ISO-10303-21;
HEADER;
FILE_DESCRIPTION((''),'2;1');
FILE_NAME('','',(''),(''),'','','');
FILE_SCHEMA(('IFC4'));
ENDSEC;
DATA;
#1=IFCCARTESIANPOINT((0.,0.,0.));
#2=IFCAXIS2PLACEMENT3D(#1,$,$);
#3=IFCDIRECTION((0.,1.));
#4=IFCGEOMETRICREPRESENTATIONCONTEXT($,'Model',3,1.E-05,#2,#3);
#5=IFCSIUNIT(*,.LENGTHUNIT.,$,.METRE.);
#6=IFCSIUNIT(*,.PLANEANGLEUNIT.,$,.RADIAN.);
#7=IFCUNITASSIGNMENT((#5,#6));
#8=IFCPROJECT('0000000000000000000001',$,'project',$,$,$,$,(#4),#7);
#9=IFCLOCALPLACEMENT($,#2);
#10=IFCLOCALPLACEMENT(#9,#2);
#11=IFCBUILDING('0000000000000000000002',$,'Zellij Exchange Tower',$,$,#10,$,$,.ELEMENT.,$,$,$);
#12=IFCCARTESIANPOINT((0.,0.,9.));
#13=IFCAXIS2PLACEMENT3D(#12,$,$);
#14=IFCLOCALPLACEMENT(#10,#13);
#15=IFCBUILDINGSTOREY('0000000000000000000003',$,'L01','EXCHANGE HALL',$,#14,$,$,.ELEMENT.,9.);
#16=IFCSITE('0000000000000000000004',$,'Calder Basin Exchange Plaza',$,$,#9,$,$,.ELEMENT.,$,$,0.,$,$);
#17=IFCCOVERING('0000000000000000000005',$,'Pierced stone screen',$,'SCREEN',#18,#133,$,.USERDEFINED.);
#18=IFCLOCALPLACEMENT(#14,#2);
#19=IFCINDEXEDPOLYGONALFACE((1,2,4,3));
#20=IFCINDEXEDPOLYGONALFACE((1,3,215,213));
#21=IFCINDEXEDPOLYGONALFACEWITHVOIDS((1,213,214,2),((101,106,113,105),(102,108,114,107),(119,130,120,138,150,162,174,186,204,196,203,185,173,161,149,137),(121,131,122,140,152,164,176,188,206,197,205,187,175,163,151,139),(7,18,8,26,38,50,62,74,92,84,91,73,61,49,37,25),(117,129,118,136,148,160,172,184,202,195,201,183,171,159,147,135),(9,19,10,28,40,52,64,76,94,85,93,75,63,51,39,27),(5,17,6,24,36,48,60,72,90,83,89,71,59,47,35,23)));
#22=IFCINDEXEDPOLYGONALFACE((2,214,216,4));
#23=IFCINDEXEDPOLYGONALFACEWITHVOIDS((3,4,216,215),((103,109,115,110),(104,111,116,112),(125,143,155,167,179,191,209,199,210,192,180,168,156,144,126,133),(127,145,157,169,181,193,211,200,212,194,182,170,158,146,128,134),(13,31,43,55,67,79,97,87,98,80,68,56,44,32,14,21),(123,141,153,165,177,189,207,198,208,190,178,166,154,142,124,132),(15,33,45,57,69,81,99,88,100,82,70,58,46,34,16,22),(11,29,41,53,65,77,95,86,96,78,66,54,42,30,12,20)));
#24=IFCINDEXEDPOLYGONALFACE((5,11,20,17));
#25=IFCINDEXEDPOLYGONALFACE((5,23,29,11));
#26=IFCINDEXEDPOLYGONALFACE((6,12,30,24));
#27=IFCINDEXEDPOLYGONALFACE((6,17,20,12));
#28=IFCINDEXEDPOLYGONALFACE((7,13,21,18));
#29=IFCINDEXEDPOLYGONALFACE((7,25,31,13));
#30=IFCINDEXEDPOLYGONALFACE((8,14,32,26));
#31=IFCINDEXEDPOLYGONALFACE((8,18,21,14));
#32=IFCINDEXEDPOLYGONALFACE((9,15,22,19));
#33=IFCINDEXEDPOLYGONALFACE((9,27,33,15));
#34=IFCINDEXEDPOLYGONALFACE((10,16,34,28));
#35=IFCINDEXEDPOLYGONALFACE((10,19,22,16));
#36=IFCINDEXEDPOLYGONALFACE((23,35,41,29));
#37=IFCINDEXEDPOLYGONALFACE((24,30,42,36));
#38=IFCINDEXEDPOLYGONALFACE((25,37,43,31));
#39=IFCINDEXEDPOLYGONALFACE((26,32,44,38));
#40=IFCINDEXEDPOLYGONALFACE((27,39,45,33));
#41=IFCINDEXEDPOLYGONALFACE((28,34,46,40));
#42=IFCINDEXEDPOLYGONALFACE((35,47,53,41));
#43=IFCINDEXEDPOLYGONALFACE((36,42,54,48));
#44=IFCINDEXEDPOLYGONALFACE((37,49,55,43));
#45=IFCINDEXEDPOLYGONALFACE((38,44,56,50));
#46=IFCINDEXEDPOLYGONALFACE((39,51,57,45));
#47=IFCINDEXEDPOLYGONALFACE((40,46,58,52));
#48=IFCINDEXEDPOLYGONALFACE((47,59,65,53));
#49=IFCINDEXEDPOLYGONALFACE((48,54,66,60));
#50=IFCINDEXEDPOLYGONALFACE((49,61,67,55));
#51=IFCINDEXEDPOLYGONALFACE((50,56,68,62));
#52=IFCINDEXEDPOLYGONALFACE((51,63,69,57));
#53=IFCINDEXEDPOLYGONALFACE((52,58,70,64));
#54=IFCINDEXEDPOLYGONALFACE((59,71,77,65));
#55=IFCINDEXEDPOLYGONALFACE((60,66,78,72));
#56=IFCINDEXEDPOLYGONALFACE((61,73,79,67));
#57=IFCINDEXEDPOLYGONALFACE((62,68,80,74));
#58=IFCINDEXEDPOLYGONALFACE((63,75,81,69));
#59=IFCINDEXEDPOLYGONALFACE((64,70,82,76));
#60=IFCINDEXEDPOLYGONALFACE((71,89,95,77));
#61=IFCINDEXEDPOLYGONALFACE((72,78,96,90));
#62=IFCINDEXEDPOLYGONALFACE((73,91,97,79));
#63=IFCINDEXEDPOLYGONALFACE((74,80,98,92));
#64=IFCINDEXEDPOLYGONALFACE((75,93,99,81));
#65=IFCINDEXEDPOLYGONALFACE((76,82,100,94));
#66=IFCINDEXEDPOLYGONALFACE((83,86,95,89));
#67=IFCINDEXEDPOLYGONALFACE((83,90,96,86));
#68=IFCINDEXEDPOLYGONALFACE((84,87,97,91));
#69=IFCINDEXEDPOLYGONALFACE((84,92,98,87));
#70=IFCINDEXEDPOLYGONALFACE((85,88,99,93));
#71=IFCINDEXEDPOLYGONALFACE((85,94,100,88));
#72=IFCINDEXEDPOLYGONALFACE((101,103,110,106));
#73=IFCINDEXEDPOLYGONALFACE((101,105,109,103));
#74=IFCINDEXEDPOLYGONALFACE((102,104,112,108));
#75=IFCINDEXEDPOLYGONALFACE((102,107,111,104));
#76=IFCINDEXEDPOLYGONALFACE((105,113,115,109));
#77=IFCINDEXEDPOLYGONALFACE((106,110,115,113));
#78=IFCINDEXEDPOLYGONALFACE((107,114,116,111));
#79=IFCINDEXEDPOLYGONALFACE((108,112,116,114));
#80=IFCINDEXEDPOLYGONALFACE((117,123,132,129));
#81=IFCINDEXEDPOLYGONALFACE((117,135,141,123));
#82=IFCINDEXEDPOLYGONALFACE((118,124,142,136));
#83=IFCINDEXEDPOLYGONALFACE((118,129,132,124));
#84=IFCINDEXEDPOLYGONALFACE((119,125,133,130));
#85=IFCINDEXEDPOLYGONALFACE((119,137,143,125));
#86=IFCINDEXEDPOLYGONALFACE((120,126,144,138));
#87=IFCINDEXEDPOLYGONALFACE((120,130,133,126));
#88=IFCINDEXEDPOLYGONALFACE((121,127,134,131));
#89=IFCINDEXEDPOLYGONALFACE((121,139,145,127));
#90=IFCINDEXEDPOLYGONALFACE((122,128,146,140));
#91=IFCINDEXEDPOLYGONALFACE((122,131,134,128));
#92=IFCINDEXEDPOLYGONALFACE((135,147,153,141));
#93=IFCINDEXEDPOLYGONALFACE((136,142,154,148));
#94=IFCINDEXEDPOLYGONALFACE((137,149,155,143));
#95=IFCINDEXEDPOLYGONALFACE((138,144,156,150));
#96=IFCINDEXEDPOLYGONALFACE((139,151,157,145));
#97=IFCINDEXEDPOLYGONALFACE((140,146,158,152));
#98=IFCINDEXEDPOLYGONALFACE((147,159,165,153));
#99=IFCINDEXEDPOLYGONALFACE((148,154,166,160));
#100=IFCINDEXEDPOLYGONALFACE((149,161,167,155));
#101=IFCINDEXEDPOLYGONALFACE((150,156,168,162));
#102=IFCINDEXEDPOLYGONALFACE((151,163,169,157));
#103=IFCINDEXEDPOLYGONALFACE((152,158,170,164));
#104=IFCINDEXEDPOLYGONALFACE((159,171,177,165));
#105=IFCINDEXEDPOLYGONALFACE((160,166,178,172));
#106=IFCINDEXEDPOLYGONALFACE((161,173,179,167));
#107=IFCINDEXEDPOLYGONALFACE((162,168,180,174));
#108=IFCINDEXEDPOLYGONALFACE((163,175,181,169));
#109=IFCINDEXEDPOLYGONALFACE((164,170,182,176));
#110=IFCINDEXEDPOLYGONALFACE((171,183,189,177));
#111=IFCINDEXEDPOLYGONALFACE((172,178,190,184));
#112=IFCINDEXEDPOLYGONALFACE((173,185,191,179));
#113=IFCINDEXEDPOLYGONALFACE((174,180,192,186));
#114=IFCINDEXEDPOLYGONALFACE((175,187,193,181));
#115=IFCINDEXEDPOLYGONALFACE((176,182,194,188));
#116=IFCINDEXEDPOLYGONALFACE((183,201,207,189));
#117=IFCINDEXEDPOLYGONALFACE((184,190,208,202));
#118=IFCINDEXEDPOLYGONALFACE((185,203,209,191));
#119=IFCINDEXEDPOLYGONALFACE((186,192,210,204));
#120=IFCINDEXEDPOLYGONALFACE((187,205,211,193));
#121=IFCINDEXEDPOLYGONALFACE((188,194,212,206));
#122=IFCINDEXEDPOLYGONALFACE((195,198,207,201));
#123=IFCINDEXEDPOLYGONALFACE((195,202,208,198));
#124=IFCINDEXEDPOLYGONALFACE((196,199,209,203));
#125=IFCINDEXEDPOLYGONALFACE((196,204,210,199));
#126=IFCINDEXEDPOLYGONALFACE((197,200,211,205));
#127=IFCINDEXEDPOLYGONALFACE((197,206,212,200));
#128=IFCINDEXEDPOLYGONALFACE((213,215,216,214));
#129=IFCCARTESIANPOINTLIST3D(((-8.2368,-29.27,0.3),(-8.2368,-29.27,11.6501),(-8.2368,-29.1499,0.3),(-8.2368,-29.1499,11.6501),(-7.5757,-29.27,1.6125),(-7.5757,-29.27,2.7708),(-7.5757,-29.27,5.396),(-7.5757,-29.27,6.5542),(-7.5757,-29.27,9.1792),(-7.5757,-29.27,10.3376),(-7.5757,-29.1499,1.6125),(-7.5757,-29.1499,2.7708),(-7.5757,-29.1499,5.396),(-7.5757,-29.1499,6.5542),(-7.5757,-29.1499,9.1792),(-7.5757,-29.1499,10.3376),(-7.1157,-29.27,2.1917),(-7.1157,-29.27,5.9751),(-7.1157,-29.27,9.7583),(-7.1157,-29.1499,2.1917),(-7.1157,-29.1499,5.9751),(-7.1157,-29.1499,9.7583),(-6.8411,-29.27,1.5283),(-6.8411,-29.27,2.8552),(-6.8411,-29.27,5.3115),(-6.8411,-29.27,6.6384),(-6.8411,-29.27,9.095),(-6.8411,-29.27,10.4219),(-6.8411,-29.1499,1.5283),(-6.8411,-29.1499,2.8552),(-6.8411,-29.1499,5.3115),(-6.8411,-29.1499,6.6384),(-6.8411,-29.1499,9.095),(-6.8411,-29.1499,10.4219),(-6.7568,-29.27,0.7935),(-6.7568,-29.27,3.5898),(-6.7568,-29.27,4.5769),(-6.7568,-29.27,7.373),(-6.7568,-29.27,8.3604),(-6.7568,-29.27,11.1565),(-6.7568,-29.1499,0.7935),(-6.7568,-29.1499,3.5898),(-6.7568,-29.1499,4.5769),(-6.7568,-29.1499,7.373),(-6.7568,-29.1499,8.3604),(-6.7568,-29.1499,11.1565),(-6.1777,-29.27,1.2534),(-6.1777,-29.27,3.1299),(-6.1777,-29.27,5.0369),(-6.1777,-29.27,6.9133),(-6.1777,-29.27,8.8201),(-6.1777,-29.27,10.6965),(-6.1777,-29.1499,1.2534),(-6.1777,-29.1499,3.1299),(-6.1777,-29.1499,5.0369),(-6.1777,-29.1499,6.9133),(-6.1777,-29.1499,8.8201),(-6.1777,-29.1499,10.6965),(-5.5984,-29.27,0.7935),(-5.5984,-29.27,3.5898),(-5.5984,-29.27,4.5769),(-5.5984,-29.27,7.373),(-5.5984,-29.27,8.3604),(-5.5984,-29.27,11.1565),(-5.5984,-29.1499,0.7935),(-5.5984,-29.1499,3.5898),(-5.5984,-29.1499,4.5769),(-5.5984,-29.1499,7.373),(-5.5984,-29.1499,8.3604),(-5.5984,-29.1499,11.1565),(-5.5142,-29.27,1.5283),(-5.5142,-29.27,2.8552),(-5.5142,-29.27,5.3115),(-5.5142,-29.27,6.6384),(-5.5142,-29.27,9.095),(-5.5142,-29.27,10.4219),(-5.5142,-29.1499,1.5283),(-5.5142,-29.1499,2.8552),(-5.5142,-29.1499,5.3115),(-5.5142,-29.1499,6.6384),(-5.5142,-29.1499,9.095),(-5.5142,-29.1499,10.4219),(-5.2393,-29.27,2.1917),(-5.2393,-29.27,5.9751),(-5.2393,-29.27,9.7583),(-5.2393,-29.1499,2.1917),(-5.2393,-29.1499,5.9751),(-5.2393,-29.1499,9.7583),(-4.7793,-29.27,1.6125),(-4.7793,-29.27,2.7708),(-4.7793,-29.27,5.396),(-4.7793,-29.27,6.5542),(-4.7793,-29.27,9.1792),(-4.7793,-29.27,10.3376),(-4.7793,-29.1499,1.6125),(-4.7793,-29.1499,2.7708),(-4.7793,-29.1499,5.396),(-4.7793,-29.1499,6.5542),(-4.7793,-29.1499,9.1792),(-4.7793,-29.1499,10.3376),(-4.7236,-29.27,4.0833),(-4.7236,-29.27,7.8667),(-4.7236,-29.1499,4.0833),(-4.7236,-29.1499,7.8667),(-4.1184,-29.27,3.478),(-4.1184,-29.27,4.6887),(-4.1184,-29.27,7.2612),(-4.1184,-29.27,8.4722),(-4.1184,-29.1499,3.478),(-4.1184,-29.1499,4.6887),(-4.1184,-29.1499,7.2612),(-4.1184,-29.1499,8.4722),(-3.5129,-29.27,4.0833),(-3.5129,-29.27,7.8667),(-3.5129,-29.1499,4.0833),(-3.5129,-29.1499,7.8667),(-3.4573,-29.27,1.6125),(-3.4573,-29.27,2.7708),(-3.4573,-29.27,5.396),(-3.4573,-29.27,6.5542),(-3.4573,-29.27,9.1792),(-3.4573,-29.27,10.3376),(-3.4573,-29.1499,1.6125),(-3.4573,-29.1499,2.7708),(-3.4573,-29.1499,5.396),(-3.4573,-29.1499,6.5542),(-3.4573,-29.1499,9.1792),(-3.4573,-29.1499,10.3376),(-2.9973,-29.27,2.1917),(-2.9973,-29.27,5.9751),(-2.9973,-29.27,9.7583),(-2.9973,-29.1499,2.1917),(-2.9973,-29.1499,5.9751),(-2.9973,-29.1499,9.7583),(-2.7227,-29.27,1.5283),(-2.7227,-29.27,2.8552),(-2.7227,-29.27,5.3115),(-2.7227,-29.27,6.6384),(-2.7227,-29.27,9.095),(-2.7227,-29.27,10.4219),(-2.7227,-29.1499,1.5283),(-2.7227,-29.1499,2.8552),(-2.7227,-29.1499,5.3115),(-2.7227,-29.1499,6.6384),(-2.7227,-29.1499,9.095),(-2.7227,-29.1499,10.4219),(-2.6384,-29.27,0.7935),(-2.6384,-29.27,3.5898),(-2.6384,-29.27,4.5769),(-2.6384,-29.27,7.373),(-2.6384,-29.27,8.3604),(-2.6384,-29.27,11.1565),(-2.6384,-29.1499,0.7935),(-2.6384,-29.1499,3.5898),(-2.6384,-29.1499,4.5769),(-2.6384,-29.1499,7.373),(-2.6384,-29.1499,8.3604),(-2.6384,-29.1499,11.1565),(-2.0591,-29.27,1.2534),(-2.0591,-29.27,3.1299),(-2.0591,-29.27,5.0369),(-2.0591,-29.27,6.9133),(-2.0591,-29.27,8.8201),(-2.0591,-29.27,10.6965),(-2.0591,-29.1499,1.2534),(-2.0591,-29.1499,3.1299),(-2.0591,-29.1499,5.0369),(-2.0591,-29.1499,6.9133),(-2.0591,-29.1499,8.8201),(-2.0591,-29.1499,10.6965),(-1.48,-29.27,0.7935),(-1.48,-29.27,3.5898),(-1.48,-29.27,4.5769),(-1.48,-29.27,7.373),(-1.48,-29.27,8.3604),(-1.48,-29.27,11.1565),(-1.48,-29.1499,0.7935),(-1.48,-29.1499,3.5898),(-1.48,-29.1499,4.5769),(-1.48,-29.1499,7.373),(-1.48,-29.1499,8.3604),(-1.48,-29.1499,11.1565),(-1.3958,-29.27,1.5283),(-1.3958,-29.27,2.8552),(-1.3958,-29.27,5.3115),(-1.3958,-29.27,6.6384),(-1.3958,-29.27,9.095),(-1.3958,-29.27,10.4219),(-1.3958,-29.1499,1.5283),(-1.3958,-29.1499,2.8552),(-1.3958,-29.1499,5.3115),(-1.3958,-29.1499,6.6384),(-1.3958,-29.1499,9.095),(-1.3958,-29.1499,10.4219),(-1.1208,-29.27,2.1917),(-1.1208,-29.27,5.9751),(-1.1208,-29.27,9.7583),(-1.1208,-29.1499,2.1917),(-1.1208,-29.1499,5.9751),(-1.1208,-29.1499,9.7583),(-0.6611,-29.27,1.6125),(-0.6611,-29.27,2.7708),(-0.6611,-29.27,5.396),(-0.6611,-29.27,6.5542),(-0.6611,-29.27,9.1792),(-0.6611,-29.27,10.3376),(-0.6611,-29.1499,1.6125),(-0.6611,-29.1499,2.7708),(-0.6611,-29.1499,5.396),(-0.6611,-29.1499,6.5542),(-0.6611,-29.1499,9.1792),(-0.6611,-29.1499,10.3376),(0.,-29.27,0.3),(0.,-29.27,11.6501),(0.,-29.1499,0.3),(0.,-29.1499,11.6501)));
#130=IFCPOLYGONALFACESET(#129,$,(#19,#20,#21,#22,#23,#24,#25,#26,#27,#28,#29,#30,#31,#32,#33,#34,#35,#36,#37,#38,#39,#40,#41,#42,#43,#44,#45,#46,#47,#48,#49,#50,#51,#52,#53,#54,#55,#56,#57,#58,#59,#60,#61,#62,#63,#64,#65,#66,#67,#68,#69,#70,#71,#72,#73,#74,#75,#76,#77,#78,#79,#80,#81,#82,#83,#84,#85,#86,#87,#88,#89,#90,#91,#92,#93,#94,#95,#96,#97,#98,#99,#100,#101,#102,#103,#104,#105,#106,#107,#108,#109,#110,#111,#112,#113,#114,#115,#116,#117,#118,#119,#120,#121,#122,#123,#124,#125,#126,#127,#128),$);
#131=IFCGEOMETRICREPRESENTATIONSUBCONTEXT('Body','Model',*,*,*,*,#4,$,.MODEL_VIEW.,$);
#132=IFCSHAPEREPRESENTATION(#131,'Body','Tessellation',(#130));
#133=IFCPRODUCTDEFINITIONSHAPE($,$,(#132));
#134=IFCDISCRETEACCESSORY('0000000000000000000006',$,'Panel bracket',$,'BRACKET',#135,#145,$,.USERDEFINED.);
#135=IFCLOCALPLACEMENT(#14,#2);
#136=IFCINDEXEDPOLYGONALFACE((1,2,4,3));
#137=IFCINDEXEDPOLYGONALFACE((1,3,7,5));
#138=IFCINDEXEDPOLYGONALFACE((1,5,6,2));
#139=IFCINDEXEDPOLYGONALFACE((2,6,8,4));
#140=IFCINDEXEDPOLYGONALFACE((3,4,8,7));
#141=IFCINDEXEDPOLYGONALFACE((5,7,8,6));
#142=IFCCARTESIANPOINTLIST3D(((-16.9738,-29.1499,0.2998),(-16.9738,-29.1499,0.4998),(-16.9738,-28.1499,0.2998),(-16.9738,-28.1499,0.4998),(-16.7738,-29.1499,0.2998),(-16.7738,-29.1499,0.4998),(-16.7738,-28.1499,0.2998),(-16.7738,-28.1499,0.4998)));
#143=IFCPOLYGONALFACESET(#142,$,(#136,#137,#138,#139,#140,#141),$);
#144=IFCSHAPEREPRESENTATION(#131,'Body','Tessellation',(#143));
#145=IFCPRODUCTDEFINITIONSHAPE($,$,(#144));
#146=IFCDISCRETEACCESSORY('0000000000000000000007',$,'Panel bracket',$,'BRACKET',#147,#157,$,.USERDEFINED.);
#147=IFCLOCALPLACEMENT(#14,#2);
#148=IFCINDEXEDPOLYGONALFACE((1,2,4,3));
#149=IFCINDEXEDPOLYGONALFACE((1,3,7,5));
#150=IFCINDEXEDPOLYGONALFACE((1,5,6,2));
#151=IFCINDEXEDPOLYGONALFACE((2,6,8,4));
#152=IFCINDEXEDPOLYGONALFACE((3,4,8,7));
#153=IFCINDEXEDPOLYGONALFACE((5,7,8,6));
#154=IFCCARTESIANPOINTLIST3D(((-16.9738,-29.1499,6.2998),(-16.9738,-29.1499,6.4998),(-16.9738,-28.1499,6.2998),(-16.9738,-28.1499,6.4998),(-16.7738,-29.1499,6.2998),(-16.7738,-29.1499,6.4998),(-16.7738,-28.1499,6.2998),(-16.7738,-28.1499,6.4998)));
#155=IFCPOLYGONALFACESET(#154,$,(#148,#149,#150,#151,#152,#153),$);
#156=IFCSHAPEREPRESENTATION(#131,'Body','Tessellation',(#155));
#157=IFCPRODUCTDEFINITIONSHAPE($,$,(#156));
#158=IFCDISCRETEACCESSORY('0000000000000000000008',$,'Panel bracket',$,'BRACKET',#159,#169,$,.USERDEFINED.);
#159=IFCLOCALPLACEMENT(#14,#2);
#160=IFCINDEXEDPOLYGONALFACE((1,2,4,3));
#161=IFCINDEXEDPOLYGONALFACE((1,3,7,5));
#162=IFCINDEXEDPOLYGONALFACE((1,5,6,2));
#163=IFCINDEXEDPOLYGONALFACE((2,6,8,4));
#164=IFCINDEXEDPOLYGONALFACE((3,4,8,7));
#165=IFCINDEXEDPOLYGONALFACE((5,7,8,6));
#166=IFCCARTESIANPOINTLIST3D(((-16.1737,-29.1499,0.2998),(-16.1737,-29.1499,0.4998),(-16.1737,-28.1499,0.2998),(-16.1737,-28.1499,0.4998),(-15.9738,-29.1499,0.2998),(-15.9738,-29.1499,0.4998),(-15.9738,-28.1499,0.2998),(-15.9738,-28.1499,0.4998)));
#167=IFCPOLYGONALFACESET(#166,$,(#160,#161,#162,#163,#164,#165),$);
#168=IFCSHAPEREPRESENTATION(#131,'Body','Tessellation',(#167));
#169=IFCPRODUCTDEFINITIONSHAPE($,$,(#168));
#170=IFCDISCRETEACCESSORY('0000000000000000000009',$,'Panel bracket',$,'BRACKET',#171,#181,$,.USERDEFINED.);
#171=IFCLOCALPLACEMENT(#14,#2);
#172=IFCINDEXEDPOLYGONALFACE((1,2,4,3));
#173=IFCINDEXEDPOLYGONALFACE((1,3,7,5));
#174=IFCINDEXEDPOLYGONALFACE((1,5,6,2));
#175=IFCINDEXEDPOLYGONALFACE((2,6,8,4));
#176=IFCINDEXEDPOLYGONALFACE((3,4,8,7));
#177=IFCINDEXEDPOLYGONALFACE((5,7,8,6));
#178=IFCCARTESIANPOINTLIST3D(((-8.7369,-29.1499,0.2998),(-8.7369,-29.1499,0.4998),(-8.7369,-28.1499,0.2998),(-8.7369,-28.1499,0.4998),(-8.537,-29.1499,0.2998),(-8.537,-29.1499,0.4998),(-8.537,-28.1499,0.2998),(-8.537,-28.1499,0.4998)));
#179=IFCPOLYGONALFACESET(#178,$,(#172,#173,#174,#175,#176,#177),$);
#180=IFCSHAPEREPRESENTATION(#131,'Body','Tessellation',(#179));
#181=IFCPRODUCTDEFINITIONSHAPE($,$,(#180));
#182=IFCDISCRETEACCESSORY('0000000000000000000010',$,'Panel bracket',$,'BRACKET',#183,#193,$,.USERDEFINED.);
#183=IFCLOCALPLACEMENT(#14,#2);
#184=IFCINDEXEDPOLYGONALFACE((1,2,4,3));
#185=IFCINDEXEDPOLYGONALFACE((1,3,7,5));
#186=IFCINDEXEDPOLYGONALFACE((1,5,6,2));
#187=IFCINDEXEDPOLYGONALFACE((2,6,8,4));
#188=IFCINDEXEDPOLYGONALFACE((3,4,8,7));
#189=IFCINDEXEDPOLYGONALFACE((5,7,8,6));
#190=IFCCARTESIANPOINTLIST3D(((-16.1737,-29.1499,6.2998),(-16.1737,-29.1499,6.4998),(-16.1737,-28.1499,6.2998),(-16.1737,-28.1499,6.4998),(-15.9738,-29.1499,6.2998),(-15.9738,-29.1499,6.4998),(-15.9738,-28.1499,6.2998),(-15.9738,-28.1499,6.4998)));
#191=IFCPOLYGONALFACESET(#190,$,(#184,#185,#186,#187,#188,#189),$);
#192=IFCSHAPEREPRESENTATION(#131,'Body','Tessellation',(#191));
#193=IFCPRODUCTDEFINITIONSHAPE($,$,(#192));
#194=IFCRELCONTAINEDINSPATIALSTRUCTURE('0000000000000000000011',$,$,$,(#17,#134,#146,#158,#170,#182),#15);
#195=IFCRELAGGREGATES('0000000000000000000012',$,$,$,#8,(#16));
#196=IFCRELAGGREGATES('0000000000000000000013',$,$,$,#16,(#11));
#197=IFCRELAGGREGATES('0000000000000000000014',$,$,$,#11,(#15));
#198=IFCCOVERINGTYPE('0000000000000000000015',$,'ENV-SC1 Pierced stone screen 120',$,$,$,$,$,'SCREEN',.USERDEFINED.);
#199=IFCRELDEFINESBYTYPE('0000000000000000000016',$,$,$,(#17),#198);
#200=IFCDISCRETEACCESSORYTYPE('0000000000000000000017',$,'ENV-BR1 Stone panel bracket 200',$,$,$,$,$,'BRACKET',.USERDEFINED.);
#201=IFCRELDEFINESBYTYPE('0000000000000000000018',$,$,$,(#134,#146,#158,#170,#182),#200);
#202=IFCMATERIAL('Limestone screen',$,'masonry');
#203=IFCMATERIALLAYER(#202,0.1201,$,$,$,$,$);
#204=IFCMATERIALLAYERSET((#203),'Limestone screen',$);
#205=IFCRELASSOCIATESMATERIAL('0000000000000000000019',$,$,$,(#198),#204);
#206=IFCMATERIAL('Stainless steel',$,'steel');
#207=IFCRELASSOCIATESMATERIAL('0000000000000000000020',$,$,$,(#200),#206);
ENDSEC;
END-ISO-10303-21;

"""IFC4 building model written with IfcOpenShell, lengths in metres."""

from ifc_helpers import new_model, si_unit, direction, frame, origin, origin_2d, place, context, subcontext, project, spatial, polyline, rectangle, outline, extrude, material, layer, layer_set, type_object, element, save


model = new_model("IFC4")

# Units and contexts
model_context = context("Model", 3, precision=1e-05, world=origin(), true_north=direction((0.0, 1.0)))
body_context = subcontext(model_context, "Body", "Model", "MODEL_VIEW")
ifc_project = project(units=[si_unit("LENGTHUNIT", "METRE"), si_unit("PLANEANGLEUNIT", "RADIAN")], contexts=[model_context])

# Site, building, storey
site_placement = place(None, origin())
site = spatial("IfcSite", under=ifc_project, at=site_placement, Name="Calder Basin Exchange Plaza", CompositionType="ELEMENT", RefElevation=0.0)
building_placement = place(site_placement, origin())
building = spatial("IfcBuilding", under=site, at=building_placement, Name="Zellij Exchange Tower", CompositionType="ELEMENT")
storey_placement = place(building_placement, frame((0.0, 0.0, 9.0)))
storey = spatial("IfcBuildingStorey", under=building, at=storey_placement, Name="L01", Description="EXCHANGE HALL", CompositionType="ELEMENT", Elevation=9.0)

# Covering
ifc_material_1 = material(Name="Limestone screen", Category="masonry")
ifc_layer_1 = layer(ifc_material_1, 0.1201)
ifc_layer_set_1 = layer_set([ifc_layer_1], Name="Limestone screen")
covering_type = type_object("IfcCoveringType", Name="ENV-SC1 Pierced stone screen 120", ElementType="SCREEN", PredefinedType="USERDEFINED", material=ifc_layer_set_1)
covering_1_placement = place(storey_placement, frame((-8.2368, -29.21, 0.3), z_axis=(0.0, 0.0, 1.0), x_axis=(1.0, 0.0, 0.0)))
element("IfcCovering", 1, at=covering_1_placement, inside=storey, type_object=covering_type, Name="Pierced stone screen", ObjectType="SCREEN", PredefinedType="USERDEFINED", context=body_context, shape_type="SweptSolid", body=[
    extrude(outline(polyline([(0.0, 0.0), (8.2368, 0.0), (8.2368, 11.3501), (0.0, 11.3501), (0.0, 0.0)]), holes=[polyline([(3.4575, 2.4707), (2.7227, 2.5552), (2.6384, 3.2898), (2.0591, 2.8298), (1.48, 3.2898), (1.3958, 2.5552), (0.6611, 2.4707), (1.1211, 1.8916), (0.6611, 1.3125), (1.3958, 1.2283), (1.48, 0.4934), (2.0591, 0.9534), (2.6384, 0.4934), (2.7227, 1.2283), (3.4575, 1.3125), (2.9976, 1.8916), (3.4575, 2.4707)]), polyline([(3.4575, 6.2542), (2.7227, 6.3384), (2.6384, 7.073), (2.0591, 6.6133), (1.48, 7.073), (1.3958, 6.3384), (0.6611, 6.2542), (1.1211, 5.675), (0.6611, 5.0959), (1.3958, 5.0115), (1.48, 4.2769), (2.0591, 4.7368), (2.6384, 4.2769), (2.7227, 5.0115), (3.4575, 5.0959), (2.9976, 5.675), (3.4575, 6.2542)]), polyline([(3.4575, 10.0376), (2.7227, 10.1218), (2.6384, 10.8564), (2.0591, 10.3965), (1.48, 10.8564), (1.3958, 10.1218), (0.6611, 10.0376), (1.1211, 9.4583), (0.6611, 8.8792), (1.3958, 8.7949), (1.48, 8.0603), (2.0591, 8.52), (2.6384, 8.0603), (2.7227, 8.7949), (3.4575, 8.8792), (2.9976, 9.4583), (3.4575, 10.0376)]), polyline([(7.5757, 2.4707), (6.8411, 2.5552), (6.7568, 3.2898), (6.1777, 2.8298), (5.5984, 3.2898), (5.5142, 2.5552), (4.7795, 2.4707), (5.2395, 1.8916), (4.7795, 1.3125), (5.5142, 1.2283), (5.5984, 0.4934), (6.1777, 0.9534), (6.7568, 0.4934), (6.8411, 1.2283), (7.5757, 1.3125), (7.116, 1.8916), (7.5757, 2.4707)]), polyline([(7.5757, 6.2542), (6.8411, 6.3384), (6.7568, 7.073), (6.1777, 6.6133), (5.5984, 7.073), (5.5142, 6.3384), (4.7795, 6.2542), (5.2395, 5.675), (4.7795, 5.0959), (5.5142, 5.0115), (5.5984, 4.2769), (6.1777, 4.7368), (6.7568, 4.2769), (6.8411, 5.0115), (7.5757, 5.0959), (7.116, 5.675), (7.5757, 6.2542)]), polyline([(7.5757, 10.0376), (6.8411, 10.1218), (6.7568, 10.8564), (6.1777, 10.3965), (5.5984, 10.8564), (5.5142, 10.1218), (4.7795, 10.0376), (5.2395, 9.4583), (4.7795, 8.8792), (5.5142, 8.7949), (5.5984, 8.0603), (6.1777, 8.52), (6.7568, 8.0603), (6.8411, 8.7949), (7.5757, 8.8792), (7.116, 9.4583), (7.5757, 10.0376)]), polyline([(4.7239, 3.7832), (4.1184, 4.3887), (3.5132, 3.7832), (4.1184, 3.178), (4.7239, 3.7832)]), polyline([(4.7239, 7.5667), (4.1184, 8.1721), (3.5132, 7.5667), (4.1184, 6.9612), (4.7239, 7.5667)])]), frame((0.0, 0.0601, 0.0), z_axis=(0.0, -1.0, 0.0), x_axis=(1.0, 0.0, 0.0)), (0.0, 0.0, 1.0), 0.1201),
])

# Discrete accessories
ifc_material_2 = material(Name="Stainless steel", Category="steel")
discrete_accessory_type = type_object("IfcDiscreteAccessoryType", Name="ENV-BR1 Stone panel bracket 200", ElementType="BRACKET", PredefinedType="USERDEFINED", material=ifc_material_2)
for number, where, z_axis, x_axis, name in (
    (2, (-16.8738, -28.6499, 0.2998), (0.0, 0.0, 1.0), (1.0, 0.0, 0.0), "Panel bracket"),
    (3, (-16.8738, -28.6499, 6.2998), (0.0, 0.0, 1.0), (1.0, 0.0, 0.0), "Panel bracket"),
    (4, (-16.0737, -28.6499, 0.2998), (0.0, 0.0, 1.0), (1.0, 0.0, 0.0), "Panel bracket"),
    (5, (-8.637, -28.6499, 0.2998), (0.0, 0.0, 1.0), (1.0, 0.0, 0.0), "Panel bracket"),
    (6, (-16.0737, -28.6499, 6.2998), (0.0, 0.0, 1.0), (1.0, 0.0, 0.0), "Panel bracket"),
):
    element("IfcDiscreteAccessory", number, at=place(storey_placement, frame(where, z_axis=z_axis, x_axis=x_axis)), inside=storey, type_object=discrete_accessory_type, Name=name, ObjectType="BRACKET", PredefinedType="USERDEFINED", context=body_context, shape_type="SweptSolid", body=[
        extrude(rectangle(XDim=0.2, YDim=1.0, at=origin_2d()), origin(), (0.0, 0.0, 1.0), 0.2),
    ])

save(model, "model.ifc")
